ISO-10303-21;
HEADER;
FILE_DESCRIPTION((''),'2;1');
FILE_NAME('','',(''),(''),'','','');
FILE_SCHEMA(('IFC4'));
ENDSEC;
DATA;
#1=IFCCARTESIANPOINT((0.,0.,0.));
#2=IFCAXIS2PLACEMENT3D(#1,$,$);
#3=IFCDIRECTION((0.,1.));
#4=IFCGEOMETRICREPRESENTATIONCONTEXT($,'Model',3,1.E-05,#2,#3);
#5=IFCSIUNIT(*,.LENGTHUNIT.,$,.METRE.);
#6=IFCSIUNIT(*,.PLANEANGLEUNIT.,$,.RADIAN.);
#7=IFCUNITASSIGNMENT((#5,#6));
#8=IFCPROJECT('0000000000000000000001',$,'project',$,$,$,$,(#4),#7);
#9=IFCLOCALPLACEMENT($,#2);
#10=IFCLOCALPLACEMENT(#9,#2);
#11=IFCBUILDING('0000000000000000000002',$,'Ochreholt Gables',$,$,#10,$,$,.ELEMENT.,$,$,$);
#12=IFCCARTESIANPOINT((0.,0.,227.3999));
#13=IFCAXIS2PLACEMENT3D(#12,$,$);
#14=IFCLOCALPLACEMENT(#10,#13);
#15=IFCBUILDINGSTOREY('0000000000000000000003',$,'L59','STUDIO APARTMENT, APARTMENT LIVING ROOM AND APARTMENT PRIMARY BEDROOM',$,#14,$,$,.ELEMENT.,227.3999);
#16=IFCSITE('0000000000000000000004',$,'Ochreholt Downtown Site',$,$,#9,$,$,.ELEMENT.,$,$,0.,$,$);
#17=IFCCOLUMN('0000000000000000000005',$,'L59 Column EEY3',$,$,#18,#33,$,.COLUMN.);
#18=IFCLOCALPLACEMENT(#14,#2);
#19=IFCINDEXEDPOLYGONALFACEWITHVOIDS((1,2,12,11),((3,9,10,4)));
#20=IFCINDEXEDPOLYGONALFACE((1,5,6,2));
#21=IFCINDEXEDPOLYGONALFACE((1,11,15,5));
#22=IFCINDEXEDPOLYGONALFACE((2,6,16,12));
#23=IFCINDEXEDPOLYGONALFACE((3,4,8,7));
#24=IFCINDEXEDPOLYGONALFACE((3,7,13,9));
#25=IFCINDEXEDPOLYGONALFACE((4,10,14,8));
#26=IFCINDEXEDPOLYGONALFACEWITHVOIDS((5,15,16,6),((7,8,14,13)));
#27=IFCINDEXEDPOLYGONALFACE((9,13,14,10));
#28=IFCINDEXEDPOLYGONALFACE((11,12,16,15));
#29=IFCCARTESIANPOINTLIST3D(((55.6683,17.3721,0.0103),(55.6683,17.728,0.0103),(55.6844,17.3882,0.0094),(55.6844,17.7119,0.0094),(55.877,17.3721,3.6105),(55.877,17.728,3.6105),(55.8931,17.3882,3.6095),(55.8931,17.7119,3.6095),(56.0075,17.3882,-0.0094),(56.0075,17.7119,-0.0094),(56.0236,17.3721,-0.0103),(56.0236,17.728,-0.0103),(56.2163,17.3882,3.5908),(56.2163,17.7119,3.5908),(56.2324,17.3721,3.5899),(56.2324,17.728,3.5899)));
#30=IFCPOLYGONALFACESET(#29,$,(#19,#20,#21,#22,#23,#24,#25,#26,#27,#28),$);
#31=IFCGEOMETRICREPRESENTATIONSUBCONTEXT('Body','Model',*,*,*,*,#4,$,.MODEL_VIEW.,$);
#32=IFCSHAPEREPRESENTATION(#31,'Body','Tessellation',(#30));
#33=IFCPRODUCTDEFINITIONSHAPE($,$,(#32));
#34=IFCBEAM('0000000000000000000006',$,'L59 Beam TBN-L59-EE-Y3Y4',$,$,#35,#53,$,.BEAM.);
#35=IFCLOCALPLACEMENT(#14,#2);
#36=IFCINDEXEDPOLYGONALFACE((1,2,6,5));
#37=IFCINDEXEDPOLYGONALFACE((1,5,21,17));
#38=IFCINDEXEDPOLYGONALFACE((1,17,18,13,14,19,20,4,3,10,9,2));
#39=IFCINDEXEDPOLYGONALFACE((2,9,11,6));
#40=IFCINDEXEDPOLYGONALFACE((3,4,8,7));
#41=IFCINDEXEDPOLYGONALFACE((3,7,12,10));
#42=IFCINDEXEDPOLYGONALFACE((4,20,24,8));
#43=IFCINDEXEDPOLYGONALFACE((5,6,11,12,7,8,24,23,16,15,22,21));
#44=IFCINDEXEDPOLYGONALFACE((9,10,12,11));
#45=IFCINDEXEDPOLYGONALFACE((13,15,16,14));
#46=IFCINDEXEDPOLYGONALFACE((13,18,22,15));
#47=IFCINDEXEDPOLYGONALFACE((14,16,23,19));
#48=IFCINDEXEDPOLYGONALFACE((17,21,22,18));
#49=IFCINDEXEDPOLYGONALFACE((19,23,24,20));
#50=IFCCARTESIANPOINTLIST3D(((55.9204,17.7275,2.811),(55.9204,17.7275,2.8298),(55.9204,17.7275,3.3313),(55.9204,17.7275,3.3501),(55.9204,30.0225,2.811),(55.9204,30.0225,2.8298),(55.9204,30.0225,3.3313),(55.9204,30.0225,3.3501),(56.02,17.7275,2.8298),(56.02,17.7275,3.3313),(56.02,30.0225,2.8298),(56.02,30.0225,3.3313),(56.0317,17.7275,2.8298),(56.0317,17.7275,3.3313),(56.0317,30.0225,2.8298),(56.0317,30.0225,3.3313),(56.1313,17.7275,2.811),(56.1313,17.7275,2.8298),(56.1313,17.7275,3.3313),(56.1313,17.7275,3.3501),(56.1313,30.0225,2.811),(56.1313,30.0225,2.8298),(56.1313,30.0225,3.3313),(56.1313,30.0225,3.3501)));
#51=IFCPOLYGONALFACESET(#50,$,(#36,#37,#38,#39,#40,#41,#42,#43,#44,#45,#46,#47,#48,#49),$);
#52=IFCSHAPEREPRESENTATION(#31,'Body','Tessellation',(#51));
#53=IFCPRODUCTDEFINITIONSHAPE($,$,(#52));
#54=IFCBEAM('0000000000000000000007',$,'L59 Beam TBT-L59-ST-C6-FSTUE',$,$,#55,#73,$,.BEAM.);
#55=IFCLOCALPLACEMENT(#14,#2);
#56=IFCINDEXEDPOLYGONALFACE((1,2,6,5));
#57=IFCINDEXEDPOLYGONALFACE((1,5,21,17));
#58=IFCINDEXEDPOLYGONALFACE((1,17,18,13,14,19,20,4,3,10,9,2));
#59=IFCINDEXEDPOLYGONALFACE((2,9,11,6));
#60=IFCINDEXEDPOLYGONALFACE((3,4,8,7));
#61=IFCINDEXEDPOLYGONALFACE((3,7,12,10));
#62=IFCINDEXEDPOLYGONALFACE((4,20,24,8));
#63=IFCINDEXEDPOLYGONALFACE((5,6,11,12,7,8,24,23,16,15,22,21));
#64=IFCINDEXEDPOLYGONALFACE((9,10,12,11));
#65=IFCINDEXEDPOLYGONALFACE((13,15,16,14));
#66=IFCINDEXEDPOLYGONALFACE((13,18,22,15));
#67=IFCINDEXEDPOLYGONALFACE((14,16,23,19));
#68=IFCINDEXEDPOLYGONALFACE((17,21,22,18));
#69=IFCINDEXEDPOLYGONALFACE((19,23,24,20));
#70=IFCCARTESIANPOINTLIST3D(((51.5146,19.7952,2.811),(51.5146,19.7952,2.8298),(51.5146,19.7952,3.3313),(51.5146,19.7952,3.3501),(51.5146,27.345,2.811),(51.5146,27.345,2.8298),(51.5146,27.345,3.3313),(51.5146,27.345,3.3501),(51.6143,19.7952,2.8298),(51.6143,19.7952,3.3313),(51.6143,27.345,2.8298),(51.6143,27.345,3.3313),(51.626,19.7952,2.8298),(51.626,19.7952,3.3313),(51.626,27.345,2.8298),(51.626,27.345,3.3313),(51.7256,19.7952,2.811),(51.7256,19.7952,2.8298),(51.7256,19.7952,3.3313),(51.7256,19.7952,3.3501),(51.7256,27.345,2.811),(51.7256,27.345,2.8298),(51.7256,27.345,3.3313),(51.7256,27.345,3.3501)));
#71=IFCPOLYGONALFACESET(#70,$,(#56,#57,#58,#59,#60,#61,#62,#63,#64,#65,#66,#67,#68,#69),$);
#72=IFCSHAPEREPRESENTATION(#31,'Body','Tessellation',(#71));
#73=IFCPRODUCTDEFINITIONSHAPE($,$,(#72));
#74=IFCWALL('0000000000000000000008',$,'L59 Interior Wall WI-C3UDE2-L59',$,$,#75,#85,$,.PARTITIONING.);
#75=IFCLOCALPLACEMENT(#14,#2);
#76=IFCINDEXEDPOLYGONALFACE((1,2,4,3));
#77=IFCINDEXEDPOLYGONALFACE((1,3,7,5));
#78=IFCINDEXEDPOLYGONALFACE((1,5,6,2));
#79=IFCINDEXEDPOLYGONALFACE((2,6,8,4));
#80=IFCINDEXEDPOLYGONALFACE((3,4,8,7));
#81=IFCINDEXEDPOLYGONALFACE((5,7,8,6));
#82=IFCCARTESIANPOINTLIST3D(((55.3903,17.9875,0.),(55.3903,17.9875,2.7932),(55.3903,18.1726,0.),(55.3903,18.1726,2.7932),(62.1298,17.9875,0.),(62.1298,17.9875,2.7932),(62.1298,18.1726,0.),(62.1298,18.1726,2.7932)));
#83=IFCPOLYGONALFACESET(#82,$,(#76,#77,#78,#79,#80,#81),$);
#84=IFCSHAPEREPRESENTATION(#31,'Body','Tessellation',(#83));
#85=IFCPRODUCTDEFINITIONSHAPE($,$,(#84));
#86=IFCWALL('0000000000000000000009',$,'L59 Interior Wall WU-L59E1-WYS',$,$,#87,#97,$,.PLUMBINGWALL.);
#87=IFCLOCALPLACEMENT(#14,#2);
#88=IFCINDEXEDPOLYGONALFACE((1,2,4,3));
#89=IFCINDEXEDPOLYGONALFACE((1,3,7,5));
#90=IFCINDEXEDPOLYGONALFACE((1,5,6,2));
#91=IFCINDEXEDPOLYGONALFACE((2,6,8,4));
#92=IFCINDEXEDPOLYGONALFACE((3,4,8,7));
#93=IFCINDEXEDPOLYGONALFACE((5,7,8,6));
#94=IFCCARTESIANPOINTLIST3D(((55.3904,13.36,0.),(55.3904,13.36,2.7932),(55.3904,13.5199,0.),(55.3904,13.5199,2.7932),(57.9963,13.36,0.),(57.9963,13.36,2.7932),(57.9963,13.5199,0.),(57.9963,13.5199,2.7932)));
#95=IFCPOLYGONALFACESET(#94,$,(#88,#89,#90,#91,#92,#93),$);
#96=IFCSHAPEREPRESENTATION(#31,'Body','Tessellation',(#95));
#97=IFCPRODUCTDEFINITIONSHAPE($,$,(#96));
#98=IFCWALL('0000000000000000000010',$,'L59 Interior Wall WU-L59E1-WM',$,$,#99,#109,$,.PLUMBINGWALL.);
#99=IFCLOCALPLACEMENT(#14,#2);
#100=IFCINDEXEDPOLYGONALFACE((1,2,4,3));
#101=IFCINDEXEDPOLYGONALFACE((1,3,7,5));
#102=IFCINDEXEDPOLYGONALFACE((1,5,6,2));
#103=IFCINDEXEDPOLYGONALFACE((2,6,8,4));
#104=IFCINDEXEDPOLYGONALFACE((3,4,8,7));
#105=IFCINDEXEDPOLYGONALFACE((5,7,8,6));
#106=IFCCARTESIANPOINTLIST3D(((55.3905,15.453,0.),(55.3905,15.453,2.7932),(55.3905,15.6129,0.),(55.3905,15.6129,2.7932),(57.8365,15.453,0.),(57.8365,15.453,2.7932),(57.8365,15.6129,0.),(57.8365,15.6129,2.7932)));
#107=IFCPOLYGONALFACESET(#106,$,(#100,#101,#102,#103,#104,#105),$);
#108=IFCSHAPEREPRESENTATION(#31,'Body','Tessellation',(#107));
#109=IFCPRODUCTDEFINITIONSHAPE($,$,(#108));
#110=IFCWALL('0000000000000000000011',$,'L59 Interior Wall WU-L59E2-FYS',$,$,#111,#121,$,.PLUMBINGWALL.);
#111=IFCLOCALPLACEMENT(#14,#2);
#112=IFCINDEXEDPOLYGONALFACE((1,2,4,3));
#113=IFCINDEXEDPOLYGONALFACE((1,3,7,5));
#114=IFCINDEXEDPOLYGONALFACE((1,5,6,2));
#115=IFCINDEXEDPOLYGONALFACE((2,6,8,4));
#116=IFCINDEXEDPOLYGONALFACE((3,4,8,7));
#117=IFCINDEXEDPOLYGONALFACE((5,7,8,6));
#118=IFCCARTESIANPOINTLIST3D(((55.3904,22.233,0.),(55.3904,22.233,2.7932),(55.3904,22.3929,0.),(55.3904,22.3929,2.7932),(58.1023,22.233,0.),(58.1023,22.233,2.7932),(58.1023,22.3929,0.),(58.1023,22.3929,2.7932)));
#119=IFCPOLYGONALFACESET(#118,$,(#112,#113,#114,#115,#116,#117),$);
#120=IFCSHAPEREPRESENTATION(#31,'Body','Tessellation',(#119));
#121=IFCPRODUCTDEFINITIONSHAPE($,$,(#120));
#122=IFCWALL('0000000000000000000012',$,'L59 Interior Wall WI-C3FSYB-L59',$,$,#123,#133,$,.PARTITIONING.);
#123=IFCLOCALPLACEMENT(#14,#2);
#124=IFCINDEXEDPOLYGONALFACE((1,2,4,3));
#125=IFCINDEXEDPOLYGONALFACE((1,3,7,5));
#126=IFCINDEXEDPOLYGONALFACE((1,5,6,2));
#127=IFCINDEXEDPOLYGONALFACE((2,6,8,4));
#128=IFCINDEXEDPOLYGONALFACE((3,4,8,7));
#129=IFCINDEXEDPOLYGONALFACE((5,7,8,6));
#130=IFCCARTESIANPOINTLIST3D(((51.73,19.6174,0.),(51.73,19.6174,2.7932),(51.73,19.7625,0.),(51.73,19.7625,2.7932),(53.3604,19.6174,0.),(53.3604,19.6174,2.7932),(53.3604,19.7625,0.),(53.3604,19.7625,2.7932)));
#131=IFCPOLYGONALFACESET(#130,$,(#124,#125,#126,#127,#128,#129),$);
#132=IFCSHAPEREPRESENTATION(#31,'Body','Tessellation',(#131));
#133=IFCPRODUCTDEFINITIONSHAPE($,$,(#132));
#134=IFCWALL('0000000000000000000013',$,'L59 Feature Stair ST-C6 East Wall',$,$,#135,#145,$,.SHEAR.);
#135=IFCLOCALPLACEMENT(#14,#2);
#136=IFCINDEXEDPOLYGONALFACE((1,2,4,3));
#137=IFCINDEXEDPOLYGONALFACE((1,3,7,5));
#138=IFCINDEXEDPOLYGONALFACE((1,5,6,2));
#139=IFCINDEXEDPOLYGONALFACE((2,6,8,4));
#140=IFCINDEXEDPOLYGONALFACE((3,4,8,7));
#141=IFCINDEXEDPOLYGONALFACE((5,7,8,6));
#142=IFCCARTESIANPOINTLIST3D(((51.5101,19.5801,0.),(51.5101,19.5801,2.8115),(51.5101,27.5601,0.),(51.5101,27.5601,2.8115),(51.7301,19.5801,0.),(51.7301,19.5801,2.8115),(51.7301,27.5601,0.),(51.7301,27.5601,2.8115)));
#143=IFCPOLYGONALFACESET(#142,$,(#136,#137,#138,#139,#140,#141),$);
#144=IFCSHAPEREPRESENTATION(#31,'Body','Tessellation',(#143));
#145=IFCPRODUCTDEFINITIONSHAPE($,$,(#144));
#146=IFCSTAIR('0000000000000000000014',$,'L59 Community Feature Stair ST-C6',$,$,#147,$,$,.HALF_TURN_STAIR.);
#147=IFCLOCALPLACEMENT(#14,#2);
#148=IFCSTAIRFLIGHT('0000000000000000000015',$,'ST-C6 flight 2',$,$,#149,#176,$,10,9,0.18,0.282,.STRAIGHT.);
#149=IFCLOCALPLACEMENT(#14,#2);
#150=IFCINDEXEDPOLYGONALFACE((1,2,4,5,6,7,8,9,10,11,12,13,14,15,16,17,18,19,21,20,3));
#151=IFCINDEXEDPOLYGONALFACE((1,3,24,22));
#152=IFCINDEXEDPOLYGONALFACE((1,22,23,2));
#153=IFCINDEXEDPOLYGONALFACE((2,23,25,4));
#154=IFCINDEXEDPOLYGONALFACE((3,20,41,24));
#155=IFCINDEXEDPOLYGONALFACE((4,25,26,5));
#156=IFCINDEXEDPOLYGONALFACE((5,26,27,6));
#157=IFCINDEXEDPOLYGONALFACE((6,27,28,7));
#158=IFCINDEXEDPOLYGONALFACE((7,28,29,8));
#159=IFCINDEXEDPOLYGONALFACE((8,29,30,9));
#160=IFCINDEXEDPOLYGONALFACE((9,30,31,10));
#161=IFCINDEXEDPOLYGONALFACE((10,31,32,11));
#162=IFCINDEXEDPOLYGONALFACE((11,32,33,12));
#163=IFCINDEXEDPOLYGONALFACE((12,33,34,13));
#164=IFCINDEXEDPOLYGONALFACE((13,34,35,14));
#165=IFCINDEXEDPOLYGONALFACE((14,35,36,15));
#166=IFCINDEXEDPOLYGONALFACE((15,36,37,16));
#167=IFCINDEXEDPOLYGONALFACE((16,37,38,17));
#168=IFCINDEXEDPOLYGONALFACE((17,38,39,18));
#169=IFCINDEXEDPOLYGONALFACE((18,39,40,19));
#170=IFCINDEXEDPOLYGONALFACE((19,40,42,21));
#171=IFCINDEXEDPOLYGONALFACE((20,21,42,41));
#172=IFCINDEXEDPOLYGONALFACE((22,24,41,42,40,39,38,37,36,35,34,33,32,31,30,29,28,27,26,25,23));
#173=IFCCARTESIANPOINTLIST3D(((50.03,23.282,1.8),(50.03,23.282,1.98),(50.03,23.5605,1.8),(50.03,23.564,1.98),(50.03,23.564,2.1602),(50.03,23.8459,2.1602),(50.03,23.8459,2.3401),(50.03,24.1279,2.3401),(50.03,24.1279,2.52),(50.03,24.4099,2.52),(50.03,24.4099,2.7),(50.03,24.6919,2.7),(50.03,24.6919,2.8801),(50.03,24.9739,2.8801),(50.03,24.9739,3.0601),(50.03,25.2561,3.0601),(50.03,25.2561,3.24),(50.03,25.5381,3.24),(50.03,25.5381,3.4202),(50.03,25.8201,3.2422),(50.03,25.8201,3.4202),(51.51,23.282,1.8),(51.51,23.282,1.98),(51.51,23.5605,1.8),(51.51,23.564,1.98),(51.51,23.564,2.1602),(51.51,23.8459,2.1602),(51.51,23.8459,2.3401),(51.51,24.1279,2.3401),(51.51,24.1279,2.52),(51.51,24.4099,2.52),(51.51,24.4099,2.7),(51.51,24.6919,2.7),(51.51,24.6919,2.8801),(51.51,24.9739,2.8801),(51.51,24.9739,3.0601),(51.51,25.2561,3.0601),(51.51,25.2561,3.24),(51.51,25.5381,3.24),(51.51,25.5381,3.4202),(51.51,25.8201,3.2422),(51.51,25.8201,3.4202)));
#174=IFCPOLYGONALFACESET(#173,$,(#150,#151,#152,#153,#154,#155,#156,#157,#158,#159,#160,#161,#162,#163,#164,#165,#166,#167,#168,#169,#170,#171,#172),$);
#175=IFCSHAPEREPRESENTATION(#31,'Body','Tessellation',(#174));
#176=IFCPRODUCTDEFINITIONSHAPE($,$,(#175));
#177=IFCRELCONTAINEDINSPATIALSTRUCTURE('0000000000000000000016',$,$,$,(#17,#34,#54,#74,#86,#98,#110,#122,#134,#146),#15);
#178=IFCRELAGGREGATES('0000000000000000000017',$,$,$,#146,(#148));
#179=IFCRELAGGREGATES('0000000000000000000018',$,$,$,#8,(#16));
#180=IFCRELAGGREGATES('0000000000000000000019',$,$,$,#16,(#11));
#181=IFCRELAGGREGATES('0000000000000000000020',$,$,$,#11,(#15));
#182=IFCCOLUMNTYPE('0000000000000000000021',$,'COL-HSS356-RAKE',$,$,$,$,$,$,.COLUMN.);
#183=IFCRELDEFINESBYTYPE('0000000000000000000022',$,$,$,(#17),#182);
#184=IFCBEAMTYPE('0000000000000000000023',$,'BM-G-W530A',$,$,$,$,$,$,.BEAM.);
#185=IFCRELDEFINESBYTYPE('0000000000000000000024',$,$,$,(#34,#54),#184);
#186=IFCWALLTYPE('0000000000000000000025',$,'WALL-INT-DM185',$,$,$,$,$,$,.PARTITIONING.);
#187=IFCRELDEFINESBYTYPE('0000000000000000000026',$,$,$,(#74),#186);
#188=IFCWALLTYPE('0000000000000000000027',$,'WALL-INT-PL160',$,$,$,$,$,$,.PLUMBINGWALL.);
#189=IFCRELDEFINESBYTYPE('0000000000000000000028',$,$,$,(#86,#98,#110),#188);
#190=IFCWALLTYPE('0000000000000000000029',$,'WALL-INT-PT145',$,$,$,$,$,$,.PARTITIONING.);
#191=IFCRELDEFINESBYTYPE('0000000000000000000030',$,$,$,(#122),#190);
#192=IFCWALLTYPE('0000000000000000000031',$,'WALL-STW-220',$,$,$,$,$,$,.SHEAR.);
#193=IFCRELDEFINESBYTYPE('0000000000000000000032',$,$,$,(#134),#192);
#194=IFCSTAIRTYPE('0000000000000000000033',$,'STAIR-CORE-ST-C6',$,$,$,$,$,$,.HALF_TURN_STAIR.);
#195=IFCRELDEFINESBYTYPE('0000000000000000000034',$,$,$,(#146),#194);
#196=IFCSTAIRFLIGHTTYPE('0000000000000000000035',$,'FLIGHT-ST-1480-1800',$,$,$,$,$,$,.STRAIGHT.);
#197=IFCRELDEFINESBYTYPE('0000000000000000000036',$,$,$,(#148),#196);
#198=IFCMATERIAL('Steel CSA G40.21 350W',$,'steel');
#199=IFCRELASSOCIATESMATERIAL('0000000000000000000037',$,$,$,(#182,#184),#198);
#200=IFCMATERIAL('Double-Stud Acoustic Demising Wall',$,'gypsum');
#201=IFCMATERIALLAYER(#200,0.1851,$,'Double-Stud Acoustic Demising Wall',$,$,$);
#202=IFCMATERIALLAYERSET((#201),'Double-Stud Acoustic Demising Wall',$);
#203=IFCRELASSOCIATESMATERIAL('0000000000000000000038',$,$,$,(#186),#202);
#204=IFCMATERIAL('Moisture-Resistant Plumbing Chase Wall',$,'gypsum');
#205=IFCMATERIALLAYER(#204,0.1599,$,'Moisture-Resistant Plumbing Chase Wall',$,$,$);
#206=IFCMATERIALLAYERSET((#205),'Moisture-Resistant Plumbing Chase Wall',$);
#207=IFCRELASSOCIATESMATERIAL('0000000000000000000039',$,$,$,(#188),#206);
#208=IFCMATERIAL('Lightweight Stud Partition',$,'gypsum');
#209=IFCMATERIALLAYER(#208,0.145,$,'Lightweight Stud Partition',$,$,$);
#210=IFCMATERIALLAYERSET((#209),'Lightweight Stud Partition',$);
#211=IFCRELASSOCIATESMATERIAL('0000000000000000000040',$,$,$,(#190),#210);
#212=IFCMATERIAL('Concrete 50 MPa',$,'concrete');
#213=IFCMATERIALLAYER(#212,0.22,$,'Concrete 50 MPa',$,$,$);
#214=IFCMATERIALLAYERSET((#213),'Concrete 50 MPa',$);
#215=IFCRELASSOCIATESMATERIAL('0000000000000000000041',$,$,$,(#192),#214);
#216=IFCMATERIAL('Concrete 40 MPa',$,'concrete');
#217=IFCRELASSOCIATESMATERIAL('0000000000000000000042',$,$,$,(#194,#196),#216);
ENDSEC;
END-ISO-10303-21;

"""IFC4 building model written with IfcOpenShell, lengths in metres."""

from ifc_helpers import new_model, si_unit, direction, frame, frame_2d, origin, origin_2d, place, context, subcontext, project, spatial, polyline, rectangle, hollow_rectangle, i_section, outline, extrude, material, layer, layer_set, material_profile, profile_set, type_object, element, aggregate, save


model = new_model("IFC4")

# Units and contexts
model_context = context("Model", 3, precision=1e-05, world=origin(), true_north=direction((0.0, 1.0)))
body_context = subcontext(model_context, "Body", "Model", "MODEL_VIEW")
ifc_project = project(units=[si_unit("LENGTHUNIT", "METRE"), si_unit("PLANEANGLEUNIT", "RADIAN")], contexts=[model_context])

# Site, building, storey
site_placement = place(None, origin())
site = spatial("IfcSite", under=ifc_project, at=site_placement, Name="Ochreholt Downtown Site", CompositionType="ELEMENT", RefElevation=0.0)
building_placement = place(site_placement, origin())
building = spatial("IfcBuilding", under=site, at=building_placement, Name="Ochreholt Gables", CompositionType="ELEMENT")
storey_placement = place(building_placement, frame((0.0, 0.0, 227.3999)))
storey = spatial("IfcBuildingStorey", under=building, at=storey_placement, Name="L59", Description="STUDIO APARTMENT, APARTMENT LIVING ROOM AND APARTMENT PRIMARY BEDROOM", CompositionType="ELEMENT", Elevation=227.3999)

# Column
ifc_material_1 = material(Name="Steel CSA G40.21 350W", Category="steel")
ifc_material_profile_1 = material_profile(ifc_material_1, hollow_rectangle(XDim=0.356, YDim=0.356, WallThickness=0.0161, at=origin_2d()), Name="HSS356X356X16")
ifc_profile_set_1 = profile_set([ifc_material_profile_1], Name="Steel CSA G40.21 350W")
column_type = type_object("IfcColumnType", Name="COL-HSS356-RAKE", PredefinedType="COLUMN", material=ifc_profile_set_1)
column_placement = place(storey_placement, frame((55.8459, 17.55, 0.0), z_axis=(0.057885, 0.0, 0.998323), x_axis=(0.0, 1.0, 0.0)))
element("IfcColumn", 1, at=column_placement, inside=storey, type_object=column_type, Name="L59 Column EEY3", PredefinedType="COLUMN", context=body_context, shape_type="SweptSolid", body=[
    extrude(hollow_rectangle(XDim=0.356, YDim=0.356, WallThickness=0.0161, at=origin_2d()), origin(), (0.0, 0.0, 1.0), 3.6062),
])

# Beams
ifc_material_profile_2 = material_profile(ifc_material_1, i_section(OverallWidth=0.2109, OverallDepth=0.5391, WebThickness=0.0117, FlangeThickness=0.0188, at=origin_2d()), Name="W530X109")
ifc_profile_set_2 = profile_set([ifc_material_profile_2], Name="Steel CSA G40.21 350W")
beam_type = type_object("IfcBeamType", Name="BM-G-W530A", PredefinedType="BEAM", material=ifc_profile_set_2)
beam_1_placement = place(storey_placement, frame((56.0259, 17.7275, 3.0806), z_axis=(0.0, 1.0, 0.0), x_axis=(-1.0, 0.0, 0.0)))
element("IfcBeam", 2, at=beam_1_placement, inside=storey, type_object=beam_type, Name="L59 Beam TBN-L59-EE-Y3Y4", PredefinedType="BEAM", context=body_context, shape_type="SweptSolid", body=[
    extrude(i_section(OverallWidth=0.2109, OverallDepth=0.5391, WebThickness=0.0117, FlangeThickness=0.0188, at=origin_2d()), origin(), (0.0, 0.0, 1.0), 12.2949),
])
beam_2_placement = place(storey_placement, frame((51.6201, 19.7952, 3.0806), z_axis=(0.0, 1.0, 0.0), x_axis=(-1.0, 0.0, 0.0)))
element("IfcBeam", 3, at=beam_2_placement, inside=storey, type_object=beam_type, Name="L59 Beam TBT-L59-ST-C6-FSTUE", PredefinedType="BEAM", context=body_context, shape_type="SweptSolid", body=[
    extrude(i_section(OverallWidth=0.2109, OverallDepth=0.5391, WebThickness=0.0117, FlangeThickness=0.0188, at=origin_2d()), origin(), (0.0, 0.0, 1.0), 7.5498),
])

# Walls
ifc_material_2 = material(Name="Double-Stud Acoustic Demising Wall", Category="gypsum")
ifc_layer_1 = layer(ifc_material_2, 0.1851, Name="Double-Stud Acoustic Demising Wall")
ifc_layer_set_1 = layer_set([ifc_layer_1], Name="Double-Stud Acoustic Demising Wall")
wall_type_1 = type_object("IfcWallType", Name="WALL-INT-DM185", PredefinedType="PARTITIONING", material=ifc_layer_set_1)
wall_1_placement = place(storey_placement, frame((55.3904, 18.0801, 0.0), z_axis=(0.0, 0.0, 1.0), x_axis=(1.0, 0.0, 0.0)))
element("IfcWall", 4, at=wall_1_placement, inside=storey, type_object=wall_type_1, Name="L59 Interior Wall WI-C3UDE2-L59", PredefinedType="PARTITIONING", context=body_context, shape_type="SweptSolid", body=[
    extrude(rectangle(XDim=6.7395, YDim=0.1851, at=frame_2d((3.3696, 0.0))), origin(), (0.0, 0.0, 1.0), 2.7932),
])
ifc_material_3 = material(Name="Moisture-Resistant Plumbing Chase Wall", Category="gypsum")
ifc_layer_2 = layer(ifc_material_3, 0.1599, Name="Moisture-Resistant Plumbing Chase Wall")
ifc_layer_set_2 = layer_set([ifc_layer_2], Name="Moisture-Resistant Plumbing Chase Wall")
wall_type_2 = type_object("IfcWallType", Name="WALL-INT-PL160", PredefinedType="PLUMBINGWALL", material=ifc_layer_set_2)
wall_2_placement = place(storey_placement, frame((55.3904, 13.4399, 0.0), z_axis=(0.0, 0.0, 1.0), x_axis=(1.0, 0.0, 0.0)))
element("IfcWall", 5, at=wall_2_placement, inside=storey, type_object=wall_type_2, Name="L59 Interior Wall WU-L59E1-WYS", PredefinedType="PLUMBINGWALL", context=body_context, shape_type="SweptSolid", body=[
    extrude(rectangle(XDim=2.606, YDim=0.1599, at=frame_2d((1.303, 0.0))), origin(), (0.0, 0.0, 1.0), 2.7932),
])

# Walls
wall_3_placement = place(storey_placement, frame((55.3904, 15.533, 0.0), z_axis=(0.0, 0.0, 1.0), x_axis=(1.0, 0.0, 0.0)))
element("IfcWall", 6, at=wall_3_placement, inside=storey, type_object=wall_type_2, Name="L59 Interior Wall WU-L59E1-WM", PredefinedType="PLUMBINGWALL", context=body_context, shape_type="SweptSolid", body=[
    extrude(rectangle(XDim=2.446, YDim=0.1599, at=frame_2d((1.2231, 0.0))), origin(), (0.0, 0.0, 1.0), 2.7932),
])
wall_4_placement = place(storey_placement, frame((55.3904, 22.313, 0.0), z_axis=(0.0, 0.0, 1.0), x_axis=(1.0, 0.0, 0.0)))
element("IfcWall", 7, at=wall_4_placement, inside=storey, type_object=wall_type_2, Name="L59 Interior Wall WU-L59E2-FYS", PredefinedType="PLUMBINGWALL", context=body_context, shape_type="SweptSolid", body=[
    extrude(rectangle(XDim=2.7119, YDim=0.1599, at=frame_2d((1.356, 0.0))), origin(), (0.0, 0.0, 1.0), 2.7932),
])

# Walls
ifc_material_4 = material(Name="Lightweight Stud Partition", Category="gypsum")
ifc_layer_3 = layer(ifc_material_4, 0.145, Name="Lightweight Stud Partition")
ifc_layer_set_3 = layer_set([ifc_layer_3], Name="Lightweight Stud Partition")
wall_type_3 = type_object("IfcWallType", Name="WALL-INT-PT145", PredefinedType="PARTITIONING", material=ifc_layer_set_3)
wall_5_placement = place(storey_placement, frame((51.73, 19.6899, 0.0), z_axis=(0.0, 0.0, 1.0), x_axis=(1.0, 0.0, 0.0)))
element("IfcWall", 8, at=wall_5_placement, inside=storey, type_object=wall_type_3, Name="L59 Interior Wall WI-C3FSYB-L59", PredefinedType="PARTITIONING", context=body_context, shape_type="SweptSolid", body=[
    extrude(rectangle(XDim=1.6304, YDim=0.145, at=frame_2d((0.8152, 0.0))), origin(), (0.0, 0.0, 1.0), 2.7932),
])
ifc_material_5 = material(Name="Concrete 50 MPa", Category="concrete")
ifc_layer_4 = layer(ifc_material_5, 0.22, Name="Concrete 50 MPa")
ifc_layer_set_4 = layer_set([ifc_layer_4], Name="Concrete 50 MPa")
wall_type_4 = type_object("IfcWallType", Name="WALL-STW-220", PredefinedType="SHEAR", material=ifc_layer_set_4)
wall_6_placement = place(storey_placement, frame((51.6201, 19.5801, 0.0), z_axis=(0.0, 0.0, 1.0), x_axis=(0.0, 1.0, 0.0)))
element("IfcWall", 9, at=wall_6_placement, inside=storey, type_object=wall_type_4, Name="L59 Feature Stair ST-C6 East Wall", PredefinedType="SHEAR", context=body_context, shape_type="SweptSolid", body=[
    extrude(rectangle(XDim=7.98, YDim=0.22, at=frame_2d((3.99, 0.0))), origin(), (0.0, 0.0, 1.0), 2.8115),
])

# Stair, stair flight
ifc_material_6 = material(Name="Concrete 40 MPa", Category="concrete")
stair_type = type_object("IfcStairType", Name="STAIR-CORE-ST-C6", PredefinedType="HALF_TURN_STAIR", material=ifc_material_6)
stair_placement = place(storey_placement, origin())
stair = element("IfcStair", 10, at=stair_placement, inside=storey, type_object=stair_type, Name="L59 Community Feature Stair ST-C6", PredefinedType="HALF_TURN_STAIR")
stair_flight_type = type_object("IfcStairFlightType", Name="FLIGHT-ST-1480-1800", PredefinedType="STRAIGHT", material=ifc_material_6)
stair_flight_placement = place(storey_placement, frame((50.77, 23.282, 1.8), z_axis=(0.0, 0.0, 1.0), x_axis=(0.0, 1.0, 0.0)))
stair_flight = element("IfcStairFlight", 11, at=stair_flight_placement, type_object=stair_flight_type, Name="ST-C6 flight 2", NumberOfRisers=10, NumberOfTreads=9, PredefinedType="STRAIGHT", RiserHeight=0.18, TreadLength=0.282, context=body_context, shape_type="SweptSolid", body=[
    extrude(outline(polyline([(0.0, 0.0), (0.0, 0.1799), (0.282, 0.1799), (0.282, 0.3601), (0.564, 0.3601), (0.564, 0.54), (0.8459, 0.54), (0.8459, 0.72), (1.1279, 0.72), (1.1279, 0.8999), (1.4099, 0.8999), (1.4099, 1.0801), (1.6919, 1.0801), (1.6919, 1.26), (1.9741, 1.26), (1.9741, 1.4399), (2.2561, 1.4399), (2.2561, 1.6201), (2.5381, 1.6201), (2.5381, 1.8), (2.5381, 1.4421), (0.2786, 0.0), (0.0, 0.0)])), frame((0.0, 0.74, 0.0), z_axis=(0.0, -1.0, 0.0), x_axis=(1.0, 0.0, 0.0)), (0.0, 0.0, 1.0), 1.48),
])
aggregate(stair, [stair_flight])

save(model, "model.ifc")
